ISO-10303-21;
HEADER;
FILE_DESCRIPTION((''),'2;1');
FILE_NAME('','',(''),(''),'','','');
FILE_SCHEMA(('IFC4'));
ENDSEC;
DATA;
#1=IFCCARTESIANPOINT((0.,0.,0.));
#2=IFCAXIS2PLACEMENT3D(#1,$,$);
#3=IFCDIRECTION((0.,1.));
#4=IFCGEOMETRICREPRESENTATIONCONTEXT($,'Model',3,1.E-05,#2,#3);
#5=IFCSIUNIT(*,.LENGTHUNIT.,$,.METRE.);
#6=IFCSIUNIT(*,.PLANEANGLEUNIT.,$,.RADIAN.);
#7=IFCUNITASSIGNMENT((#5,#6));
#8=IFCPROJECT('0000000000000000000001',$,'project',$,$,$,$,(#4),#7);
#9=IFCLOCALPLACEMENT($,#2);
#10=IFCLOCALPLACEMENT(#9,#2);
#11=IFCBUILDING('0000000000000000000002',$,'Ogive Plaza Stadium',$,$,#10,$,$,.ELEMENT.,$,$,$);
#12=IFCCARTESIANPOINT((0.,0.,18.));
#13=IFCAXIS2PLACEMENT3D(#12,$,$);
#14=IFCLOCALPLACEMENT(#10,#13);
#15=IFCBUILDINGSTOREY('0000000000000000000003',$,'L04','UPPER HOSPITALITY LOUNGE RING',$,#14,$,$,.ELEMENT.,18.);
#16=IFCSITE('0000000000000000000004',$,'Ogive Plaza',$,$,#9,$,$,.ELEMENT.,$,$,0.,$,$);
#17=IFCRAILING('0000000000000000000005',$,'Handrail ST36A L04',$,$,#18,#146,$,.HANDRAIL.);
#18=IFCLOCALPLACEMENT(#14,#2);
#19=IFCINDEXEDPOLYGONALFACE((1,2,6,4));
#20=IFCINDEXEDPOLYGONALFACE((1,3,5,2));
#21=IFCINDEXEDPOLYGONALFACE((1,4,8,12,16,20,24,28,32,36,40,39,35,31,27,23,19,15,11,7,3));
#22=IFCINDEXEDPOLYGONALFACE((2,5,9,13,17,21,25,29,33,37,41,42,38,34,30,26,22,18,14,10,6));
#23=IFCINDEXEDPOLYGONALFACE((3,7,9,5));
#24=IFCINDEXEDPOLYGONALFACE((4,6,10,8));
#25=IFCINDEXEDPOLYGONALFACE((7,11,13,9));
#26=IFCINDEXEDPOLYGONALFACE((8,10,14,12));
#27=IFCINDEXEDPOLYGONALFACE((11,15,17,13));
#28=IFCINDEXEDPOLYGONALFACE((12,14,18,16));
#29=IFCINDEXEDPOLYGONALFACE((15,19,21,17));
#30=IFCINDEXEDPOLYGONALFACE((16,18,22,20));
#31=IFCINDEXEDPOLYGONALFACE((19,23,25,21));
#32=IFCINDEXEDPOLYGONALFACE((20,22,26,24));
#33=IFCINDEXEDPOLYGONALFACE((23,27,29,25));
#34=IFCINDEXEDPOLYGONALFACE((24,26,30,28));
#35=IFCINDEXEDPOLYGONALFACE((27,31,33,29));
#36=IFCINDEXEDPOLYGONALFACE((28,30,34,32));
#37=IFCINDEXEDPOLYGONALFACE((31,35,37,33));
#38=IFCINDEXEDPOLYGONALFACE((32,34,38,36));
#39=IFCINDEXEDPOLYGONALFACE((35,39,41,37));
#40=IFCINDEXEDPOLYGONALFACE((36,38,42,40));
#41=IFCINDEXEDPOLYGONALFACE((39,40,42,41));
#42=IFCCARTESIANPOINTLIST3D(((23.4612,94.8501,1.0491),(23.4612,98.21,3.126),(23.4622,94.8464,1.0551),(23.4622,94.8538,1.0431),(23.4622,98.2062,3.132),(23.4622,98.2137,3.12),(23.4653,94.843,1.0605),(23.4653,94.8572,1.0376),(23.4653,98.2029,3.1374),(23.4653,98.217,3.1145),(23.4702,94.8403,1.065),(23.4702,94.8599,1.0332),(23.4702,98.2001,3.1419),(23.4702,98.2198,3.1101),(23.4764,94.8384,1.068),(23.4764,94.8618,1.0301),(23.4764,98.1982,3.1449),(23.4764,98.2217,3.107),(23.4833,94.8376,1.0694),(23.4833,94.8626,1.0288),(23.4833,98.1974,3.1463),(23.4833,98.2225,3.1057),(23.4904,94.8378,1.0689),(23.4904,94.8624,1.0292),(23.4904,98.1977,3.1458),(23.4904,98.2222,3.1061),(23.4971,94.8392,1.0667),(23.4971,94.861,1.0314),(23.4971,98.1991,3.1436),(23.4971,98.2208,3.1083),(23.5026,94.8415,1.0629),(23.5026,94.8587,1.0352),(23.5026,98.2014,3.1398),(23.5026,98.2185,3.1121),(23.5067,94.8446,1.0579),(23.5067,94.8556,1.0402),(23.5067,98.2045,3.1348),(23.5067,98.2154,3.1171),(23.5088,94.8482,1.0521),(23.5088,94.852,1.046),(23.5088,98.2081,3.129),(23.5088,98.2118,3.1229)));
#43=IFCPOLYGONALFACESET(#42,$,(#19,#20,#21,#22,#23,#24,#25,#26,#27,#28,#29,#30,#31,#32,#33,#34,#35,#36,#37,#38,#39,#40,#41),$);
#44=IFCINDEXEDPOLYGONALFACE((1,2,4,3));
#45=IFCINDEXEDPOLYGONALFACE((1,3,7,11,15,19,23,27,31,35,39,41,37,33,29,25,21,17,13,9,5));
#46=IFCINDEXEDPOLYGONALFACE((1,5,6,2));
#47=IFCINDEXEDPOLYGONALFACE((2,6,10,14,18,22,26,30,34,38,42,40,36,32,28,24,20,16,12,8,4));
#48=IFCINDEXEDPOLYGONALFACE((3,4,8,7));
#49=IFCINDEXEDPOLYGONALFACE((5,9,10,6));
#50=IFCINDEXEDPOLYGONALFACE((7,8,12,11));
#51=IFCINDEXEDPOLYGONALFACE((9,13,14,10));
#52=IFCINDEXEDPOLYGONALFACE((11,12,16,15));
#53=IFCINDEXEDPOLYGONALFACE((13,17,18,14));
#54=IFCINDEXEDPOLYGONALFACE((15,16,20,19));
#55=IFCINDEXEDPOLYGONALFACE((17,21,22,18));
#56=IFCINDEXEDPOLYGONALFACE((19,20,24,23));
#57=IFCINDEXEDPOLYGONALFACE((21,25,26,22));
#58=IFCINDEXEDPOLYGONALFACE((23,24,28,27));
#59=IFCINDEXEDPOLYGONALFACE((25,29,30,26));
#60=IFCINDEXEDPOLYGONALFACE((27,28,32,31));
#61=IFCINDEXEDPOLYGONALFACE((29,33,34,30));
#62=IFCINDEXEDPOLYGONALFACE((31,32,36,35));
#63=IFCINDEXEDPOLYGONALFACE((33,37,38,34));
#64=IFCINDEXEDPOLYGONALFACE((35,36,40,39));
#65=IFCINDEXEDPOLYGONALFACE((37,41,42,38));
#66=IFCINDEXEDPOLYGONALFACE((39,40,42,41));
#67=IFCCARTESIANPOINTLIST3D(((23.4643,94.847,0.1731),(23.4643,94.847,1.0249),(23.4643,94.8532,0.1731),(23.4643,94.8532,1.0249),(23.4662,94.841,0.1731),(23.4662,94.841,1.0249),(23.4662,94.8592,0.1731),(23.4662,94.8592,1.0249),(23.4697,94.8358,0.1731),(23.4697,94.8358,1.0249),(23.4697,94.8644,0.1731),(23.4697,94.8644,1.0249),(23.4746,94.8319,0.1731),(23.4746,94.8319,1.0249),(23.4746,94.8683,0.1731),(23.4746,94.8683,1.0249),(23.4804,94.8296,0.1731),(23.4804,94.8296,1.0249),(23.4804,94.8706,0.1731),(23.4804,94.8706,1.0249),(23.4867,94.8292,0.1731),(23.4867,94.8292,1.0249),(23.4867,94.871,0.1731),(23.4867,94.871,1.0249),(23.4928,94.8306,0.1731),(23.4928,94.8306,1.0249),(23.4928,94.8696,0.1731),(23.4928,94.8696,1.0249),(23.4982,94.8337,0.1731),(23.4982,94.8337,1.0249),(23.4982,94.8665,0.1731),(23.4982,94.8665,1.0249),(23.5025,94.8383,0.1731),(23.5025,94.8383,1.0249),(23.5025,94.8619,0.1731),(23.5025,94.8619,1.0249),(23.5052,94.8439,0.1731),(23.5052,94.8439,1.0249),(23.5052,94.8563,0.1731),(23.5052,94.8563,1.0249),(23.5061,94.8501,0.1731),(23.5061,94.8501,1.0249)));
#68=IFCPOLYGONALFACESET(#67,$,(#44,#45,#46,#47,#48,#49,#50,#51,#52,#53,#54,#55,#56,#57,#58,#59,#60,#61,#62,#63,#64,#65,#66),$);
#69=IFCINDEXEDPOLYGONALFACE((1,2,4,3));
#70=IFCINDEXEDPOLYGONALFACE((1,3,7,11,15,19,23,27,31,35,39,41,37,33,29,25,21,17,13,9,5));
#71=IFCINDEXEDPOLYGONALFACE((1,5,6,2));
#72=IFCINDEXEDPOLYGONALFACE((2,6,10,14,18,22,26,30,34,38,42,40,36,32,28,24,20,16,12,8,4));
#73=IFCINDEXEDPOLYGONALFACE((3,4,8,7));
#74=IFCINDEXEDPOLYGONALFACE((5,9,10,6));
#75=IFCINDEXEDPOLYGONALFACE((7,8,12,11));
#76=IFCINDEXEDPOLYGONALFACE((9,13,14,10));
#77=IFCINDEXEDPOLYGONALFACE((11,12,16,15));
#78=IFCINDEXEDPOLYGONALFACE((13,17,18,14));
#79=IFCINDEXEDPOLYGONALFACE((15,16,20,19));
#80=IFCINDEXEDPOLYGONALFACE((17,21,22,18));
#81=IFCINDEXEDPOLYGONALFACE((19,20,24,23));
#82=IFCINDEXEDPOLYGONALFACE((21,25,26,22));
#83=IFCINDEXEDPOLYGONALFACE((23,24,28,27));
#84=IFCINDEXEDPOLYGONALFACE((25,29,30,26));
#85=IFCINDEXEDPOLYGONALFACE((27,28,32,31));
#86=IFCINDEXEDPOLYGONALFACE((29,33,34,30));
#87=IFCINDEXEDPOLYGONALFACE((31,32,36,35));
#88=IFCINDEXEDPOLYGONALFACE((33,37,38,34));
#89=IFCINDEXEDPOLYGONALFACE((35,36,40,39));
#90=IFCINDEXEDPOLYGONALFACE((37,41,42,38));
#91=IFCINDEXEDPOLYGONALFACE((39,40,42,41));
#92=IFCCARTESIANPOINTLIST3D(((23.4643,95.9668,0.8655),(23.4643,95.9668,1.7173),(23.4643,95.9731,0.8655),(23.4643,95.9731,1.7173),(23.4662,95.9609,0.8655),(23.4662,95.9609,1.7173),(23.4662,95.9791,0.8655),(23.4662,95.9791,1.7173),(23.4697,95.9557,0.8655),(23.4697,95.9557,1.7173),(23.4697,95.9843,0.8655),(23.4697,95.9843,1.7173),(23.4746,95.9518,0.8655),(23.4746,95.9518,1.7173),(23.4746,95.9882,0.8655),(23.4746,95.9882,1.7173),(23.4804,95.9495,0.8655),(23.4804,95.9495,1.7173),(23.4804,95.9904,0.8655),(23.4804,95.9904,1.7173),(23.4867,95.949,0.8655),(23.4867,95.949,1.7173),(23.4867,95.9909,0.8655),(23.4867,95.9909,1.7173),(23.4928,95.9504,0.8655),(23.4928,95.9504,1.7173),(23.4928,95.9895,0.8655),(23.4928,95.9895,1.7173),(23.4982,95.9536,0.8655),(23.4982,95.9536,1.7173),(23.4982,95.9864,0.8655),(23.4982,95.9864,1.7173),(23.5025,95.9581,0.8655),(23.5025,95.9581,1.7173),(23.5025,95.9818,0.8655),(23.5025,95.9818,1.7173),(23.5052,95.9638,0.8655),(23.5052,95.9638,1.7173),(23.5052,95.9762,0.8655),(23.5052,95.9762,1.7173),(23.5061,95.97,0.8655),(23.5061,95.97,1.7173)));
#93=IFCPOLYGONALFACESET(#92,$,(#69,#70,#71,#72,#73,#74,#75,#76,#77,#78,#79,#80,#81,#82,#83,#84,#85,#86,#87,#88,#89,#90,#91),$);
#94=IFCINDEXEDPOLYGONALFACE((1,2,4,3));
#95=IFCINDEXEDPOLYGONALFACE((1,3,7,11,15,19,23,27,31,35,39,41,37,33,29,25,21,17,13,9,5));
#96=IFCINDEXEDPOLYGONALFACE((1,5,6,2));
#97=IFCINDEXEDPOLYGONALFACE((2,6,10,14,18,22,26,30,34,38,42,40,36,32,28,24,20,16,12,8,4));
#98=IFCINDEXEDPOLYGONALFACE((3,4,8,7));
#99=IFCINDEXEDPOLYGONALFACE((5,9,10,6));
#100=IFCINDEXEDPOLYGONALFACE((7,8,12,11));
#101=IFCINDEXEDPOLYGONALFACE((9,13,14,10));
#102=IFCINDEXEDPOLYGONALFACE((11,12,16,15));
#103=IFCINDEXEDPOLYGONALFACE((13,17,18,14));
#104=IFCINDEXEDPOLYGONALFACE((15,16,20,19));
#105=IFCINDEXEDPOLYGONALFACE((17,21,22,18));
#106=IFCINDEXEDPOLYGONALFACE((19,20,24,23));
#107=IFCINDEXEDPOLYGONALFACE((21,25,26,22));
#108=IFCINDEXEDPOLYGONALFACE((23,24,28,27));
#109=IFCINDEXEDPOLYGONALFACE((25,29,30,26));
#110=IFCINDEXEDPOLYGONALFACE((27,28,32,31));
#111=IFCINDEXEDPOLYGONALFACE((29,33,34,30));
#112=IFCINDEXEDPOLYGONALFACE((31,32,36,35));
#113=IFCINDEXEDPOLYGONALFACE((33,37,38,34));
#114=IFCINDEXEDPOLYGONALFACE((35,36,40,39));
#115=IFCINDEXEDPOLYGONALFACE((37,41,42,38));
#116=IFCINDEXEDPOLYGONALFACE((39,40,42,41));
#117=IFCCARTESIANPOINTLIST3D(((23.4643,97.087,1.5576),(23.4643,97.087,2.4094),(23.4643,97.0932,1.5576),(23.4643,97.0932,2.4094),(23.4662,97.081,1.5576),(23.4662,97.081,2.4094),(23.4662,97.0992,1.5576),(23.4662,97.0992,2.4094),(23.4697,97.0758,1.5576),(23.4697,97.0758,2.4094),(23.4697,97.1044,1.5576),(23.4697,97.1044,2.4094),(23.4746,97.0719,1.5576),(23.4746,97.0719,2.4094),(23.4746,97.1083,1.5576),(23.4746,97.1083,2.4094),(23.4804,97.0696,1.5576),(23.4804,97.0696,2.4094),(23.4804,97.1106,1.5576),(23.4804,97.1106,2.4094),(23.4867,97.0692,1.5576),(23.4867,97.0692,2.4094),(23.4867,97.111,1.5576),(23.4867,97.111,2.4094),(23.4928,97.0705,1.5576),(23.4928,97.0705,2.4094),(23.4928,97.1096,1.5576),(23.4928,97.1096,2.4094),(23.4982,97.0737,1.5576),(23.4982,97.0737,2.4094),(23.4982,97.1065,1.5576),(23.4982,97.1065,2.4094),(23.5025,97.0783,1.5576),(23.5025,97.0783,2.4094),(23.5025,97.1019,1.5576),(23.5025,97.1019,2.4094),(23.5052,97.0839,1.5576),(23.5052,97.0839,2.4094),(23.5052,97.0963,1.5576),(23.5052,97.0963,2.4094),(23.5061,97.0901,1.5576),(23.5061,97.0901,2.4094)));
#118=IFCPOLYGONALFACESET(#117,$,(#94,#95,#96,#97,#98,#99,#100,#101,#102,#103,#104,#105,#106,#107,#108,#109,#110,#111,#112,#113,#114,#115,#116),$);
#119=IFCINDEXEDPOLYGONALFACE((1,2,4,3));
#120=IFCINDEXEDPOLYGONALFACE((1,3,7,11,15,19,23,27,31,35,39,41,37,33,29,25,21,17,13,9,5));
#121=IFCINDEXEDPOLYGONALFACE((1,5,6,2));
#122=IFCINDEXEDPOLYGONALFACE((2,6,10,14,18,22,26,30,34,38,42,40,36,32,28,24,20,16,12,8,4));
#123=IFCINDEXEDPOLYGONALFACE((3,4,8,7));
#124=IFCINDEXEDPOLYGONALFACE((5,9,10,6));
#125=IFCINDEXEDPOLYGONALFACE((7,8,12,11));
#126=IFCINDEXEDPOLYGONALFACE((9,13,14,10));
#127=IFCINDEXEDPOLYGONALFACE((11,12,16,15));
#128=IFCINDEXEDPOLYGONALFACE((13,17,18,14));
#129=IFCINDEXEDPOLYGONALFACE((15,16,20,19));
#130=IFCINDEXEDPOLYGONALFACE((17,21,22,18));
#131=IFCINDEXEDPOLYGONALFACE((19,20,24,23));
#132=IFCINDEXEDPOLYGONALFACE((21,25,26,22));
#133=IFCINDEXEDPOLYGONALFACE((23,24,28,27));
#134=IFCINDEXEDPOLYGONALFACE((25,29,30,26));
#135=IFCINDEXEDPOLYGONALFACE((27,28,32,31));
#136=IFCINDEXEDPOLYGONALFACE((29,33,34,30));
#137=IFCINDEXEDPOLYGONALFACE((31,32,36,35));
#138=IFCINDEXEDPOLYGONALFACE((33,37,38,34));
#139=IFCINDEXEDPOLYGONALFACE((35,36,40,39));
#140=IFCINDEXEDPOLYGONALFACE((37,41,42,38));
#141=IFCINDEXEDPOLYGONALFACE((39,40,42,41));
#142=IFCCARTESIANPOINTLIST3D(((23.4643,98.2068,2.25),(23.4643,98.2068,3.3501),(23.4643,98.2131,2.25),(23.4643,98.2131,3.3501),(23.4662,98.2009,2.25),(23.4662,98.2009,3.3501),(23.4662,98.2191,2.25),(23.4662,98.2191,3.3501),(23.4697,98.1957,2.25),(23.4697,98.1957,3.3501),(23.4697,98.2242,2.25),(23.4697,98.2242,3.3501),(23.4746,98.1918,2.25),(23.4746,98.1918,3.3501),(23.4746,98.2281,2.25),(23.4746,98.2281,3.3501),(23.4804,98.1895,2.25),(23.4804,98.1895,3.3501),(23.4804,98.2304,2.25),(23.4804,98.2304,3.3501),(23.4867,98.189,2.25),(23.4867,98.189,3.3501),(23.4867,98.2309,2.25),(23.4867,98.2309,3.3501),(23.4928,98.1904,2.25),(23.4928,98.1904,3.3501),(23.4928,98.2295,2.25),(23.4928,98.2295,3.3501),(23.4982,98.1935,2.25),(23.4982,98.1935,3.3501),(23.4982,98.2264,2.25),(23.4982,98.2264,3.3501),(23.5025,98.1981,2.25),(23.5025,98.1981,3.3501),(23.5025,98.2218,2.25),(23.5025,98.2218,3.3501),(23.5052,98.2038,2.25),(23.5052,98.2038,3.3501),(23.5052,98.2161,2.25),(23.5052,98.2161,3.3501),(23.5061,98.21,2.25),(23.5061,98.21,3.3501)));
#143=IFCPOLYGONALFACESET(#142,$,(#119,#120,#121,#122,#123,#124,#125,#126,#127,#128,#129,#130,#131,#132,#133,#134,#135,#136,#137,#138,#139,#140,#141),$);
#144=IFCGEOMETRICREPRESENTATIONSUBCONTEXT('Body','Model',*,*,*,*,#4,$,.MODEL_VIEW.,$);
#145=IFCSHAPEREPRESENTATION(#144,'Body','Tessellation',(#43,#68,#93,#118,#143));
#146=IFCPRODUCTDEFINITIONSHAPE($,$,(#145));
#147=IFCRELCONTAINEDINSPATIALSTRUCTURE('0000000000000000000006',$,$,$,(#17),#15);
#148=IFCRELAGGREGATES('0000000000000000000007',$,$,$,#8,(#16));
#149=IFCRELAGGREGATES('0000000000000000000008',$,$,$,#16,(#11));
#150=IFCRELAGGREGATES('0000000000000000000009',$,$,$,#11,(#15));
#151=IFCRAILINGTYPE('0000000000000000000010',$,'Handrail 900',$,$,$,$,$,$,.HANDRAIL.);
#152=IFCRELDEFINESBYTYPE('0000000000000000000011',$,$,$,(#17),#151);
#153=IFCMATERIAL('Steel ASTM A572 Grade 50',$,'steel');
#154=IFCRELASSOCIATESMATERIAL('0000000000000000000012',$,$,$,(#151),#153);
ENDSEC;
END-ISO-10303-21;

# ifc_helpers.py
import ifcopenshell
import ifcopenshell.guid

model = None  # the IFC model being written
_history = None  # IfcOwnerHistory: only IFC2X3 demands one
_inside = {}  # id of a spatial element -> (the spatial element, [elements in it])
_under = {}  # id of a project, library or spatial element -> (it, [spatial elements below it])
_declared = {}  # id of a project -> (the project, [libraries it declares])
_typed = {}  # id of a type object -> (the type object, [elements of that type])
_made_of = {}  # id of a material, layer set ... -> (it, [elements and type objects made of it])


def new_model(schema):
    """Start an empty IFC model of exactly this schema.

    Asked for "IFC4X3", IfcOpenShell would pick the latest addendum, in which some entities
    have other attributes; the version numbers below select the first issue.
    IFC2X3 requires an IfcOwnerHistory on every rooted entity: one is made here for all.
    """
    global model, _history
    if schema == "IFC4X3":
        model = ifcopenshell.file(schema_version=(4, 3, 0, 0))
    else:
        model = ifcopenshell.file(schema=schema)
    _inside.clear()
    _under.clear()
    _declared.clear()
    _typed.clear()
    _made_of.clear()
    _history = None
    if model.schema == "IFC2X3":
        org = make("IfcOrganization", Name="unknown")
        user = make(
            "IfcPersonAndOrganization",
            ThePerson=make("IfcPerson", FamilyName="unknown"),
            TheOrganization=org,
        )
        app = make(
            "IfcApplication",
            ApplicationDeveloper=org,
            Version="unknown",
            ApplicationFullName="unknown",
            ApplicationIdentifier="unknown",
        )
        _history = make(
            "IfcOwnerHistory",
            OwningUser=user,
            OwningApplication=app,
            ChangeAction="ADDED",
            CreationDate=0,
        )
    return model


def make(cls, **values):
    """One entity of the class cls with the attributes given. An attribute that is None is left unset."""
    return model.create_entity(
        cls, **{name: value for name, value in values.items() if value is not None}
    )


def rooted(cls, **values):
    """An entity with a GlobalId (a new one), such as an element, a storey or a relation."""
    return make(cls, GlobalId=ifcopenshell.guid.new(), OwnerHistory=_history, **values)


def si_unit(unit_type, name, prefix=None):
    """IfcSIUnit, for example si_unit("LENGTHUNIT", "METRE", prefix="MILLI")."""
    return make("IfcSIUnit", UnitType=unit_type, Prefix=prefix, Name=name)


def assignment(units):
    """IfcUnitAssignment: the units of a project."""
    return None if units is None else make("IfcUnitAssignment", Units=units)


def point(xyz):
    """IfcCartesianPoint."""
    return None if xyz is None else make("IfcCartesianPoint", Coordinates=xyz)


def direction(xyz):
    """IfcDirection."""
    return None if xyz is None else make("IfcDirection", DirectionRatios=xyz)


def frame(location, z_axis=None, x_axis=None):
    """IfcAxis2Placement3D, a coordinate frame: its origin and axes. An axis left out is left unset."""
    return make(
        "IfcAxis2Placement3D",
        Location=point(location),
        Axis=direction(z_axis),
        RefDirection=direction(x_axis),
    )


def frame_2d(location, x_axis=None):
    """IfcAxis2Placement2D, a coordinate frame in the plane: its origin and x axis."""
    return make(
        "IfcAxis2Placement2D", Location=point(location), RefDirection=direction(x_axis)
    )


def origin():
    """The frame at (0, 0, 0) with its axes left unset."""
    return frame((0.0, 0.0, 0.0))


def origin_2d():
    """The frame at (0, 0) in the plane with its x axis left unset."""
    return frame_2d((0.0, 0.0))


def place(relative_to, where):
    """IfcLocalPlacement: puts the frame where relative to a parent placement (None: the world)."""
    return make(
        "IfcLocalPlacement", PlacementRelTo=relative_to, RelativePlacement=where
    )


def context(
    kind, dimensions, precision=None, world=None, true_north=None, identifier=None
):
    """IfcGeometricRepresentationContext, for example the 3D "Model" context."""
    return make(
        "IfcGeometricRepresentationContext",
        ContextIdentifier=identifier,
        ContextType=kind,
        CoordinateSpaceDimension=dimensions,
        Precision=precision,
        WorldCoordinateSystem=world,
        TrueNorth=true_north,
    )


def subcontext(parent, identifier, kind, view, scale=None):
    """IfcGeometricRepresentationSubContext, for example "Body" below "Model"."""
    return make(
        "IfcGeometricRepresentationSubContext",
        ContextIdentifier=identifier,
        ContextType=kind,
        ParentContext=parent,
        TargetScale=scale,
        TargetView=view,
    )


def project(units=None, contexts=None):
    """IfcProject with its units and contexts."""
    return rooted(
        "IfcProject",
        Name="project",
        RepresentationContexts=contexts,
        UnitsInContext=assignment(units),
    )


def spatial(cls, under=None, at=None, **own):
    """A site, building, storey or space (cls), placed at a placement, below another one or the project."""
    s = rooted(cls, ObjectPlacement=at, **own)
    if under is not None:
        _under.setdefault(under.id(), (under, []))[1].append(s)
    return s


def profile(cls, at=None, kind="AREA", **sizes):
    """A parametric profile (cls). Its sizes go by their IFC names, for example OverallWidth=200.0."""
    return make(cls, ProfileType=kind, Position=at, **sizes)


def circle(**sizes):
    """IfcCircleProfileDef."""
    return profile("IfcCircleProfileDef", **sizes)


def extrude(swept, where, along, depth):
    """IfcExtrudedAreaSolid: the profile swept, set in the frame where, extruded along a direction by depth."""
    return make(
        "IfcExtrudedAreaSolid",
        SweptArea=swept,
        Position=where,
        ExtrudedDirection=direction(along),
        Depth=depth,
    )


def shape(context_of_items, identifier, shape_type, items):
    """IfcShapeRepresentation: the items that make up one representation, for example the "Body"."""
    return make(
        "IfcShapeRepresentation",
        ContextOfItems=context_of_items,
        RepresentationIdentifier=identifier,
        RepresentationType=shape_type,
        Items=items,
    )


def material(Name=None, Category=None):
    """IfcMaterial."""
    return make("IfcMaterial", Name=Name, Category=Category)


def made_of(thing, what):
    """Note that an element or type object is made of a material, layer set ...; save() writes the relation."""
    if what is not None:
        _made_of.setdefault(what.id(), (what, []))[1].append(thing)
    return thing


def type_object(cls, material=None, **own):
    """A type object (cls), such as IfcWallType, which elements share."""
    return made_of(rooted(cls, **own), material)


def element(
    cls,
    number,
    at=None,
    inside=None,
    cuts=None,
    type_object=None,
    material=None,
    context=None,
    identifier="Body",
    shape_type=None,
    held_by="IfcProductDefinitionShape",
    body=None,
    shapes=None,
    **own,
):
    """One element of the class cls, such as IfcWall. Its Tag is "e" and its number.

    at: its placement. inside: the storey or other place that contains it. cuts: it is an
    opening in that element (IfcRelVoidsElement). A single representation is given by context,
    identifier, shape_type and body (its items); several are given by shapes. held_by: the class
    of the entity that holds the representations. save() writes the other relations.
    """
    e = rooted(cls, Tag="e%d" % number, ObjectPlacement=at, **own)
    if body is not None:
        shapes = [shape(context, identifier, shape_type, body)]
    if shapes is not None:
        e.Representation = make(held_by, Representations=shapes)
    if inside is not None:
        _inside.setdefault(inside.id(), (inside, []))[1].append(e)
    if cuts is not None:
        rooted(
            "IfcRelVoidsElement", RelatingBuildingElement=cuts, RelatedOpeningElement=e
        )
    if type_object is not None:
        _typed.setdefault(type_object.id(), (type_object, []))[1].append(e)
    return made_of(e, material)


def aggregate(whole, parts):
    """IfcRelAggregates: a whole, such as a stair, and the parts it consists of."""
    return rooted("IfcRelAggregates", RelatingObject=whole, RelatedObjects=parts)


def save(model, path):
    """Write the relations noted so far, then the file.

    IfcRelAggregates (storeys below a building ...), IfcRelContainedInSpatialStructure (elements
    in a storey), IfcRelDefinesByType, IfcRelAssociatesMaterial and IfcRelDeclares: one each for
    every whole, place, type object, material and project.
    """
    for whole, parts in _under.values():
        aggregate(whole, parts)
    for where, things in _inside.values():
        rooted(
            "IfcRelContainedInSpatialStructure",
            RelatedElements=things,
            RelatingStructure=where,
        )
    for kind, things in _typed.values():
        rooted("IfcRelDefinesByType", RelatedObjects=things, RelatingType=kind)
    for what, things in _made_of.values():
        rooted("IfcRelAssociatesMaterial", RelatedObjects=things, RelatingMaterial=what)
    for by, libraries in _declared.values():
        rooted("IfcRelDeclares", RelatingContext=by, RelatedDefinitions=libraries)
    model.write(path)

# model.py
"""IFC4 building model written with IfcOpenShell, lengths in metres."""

from ifc_helpers import new_model, si_unit, direction, frame, origin, origin_2d, place, context, subcontext, project, spatial, circle, extrude, material, type_object, element, save


model = new_model("IFC4")

# Units and contexts
model_context = context("Model", 3, precision=1e-05, world=origin(), true_north=direction((0.0, 1.0)))
body_context = subcontext(model_context, "Body", "Model", "MODEL_VIEW")
ifc_project = project(units=[si_unit("LENGTHUNIT", "METRE"), si_unit("PLANEANGLEUNIT", "RADIAN")], contexts=[model_context])

# Site, building, storey
site_placement = place(None, origin())
site = spatial("IfcSite", under=ifc_project, at=site_placement, Name="Ogive Plaza", CompositionType="ELEMENT", RefElevation=0.0)
building_placement = place(site_placement, origin())
building = spatial("IfcBuilding", under=site, at=building_placement, Name="Ogive Plaza Stadium", CompositionType="ELEMENT")
storey_placement = place(building_placement, frame((0.0, 0.0, 18.0)))
storey = spatial("IfcBuildingStorey", under=building, at=storey_placement, Name="L04", Description="UPPER HOSPITALITY LOUNGE RING", CompositionType="ELEMENT", Elevation=18.0)

# Railing
ifc_material_1 = material(Name="Steel ASTM A572 Grade 50", Category="steel")
railing_type_1 = type_object("IfcRailingType", Name="Handrail 900", PredefinedType="HANDRAIL", material=ifc_material_1)
for number, where, name in (
    (1, (23.4851, 94.8501, 0.1731), "Handrail ST36A L04"),
):
    element("IfcRailing", number, at=place(storey_placement, frame(where)), inside=storey, type_object=railing_type_1, Name=name, PredefinedType="HANDRAIL", context=body_context, shape_type="SweptSolid", body=[
        extrude(circle(Radius=0.0239, at=origin_2d()), frame((0.0, 0.0, 0.876), z_axis=(0.0, 0.850606, 0.525803), x_axis=(-1.0, 0.0, 0.0)), (0.0, 0.0, 1.0), 3.95),
        extrude(circle(Radius=0.021, at=origin_2d()), origin(), (0.0, 0.0, 1.0), 0.8518),
        extrude(circle(Radius=0.021, at=origin_2d()), frame((0.0, 1.1199, 0.6924)), (0.0, 0.0, 1.0), 0.8518),
        extrude(circle(Radius=0.021, at=origin_2d()), frame((0.0, 2.24, 1.3845)), (0.0, 0.0, 1.0), 0.8518),
        extrude(circle(Radius=0.021, at=origin_2d()), frame((0.0, 3.3599, 2.0769)), (0.0, 0.0, 1.0), 1.1001),
    ])

save(model, "model.ifc")
